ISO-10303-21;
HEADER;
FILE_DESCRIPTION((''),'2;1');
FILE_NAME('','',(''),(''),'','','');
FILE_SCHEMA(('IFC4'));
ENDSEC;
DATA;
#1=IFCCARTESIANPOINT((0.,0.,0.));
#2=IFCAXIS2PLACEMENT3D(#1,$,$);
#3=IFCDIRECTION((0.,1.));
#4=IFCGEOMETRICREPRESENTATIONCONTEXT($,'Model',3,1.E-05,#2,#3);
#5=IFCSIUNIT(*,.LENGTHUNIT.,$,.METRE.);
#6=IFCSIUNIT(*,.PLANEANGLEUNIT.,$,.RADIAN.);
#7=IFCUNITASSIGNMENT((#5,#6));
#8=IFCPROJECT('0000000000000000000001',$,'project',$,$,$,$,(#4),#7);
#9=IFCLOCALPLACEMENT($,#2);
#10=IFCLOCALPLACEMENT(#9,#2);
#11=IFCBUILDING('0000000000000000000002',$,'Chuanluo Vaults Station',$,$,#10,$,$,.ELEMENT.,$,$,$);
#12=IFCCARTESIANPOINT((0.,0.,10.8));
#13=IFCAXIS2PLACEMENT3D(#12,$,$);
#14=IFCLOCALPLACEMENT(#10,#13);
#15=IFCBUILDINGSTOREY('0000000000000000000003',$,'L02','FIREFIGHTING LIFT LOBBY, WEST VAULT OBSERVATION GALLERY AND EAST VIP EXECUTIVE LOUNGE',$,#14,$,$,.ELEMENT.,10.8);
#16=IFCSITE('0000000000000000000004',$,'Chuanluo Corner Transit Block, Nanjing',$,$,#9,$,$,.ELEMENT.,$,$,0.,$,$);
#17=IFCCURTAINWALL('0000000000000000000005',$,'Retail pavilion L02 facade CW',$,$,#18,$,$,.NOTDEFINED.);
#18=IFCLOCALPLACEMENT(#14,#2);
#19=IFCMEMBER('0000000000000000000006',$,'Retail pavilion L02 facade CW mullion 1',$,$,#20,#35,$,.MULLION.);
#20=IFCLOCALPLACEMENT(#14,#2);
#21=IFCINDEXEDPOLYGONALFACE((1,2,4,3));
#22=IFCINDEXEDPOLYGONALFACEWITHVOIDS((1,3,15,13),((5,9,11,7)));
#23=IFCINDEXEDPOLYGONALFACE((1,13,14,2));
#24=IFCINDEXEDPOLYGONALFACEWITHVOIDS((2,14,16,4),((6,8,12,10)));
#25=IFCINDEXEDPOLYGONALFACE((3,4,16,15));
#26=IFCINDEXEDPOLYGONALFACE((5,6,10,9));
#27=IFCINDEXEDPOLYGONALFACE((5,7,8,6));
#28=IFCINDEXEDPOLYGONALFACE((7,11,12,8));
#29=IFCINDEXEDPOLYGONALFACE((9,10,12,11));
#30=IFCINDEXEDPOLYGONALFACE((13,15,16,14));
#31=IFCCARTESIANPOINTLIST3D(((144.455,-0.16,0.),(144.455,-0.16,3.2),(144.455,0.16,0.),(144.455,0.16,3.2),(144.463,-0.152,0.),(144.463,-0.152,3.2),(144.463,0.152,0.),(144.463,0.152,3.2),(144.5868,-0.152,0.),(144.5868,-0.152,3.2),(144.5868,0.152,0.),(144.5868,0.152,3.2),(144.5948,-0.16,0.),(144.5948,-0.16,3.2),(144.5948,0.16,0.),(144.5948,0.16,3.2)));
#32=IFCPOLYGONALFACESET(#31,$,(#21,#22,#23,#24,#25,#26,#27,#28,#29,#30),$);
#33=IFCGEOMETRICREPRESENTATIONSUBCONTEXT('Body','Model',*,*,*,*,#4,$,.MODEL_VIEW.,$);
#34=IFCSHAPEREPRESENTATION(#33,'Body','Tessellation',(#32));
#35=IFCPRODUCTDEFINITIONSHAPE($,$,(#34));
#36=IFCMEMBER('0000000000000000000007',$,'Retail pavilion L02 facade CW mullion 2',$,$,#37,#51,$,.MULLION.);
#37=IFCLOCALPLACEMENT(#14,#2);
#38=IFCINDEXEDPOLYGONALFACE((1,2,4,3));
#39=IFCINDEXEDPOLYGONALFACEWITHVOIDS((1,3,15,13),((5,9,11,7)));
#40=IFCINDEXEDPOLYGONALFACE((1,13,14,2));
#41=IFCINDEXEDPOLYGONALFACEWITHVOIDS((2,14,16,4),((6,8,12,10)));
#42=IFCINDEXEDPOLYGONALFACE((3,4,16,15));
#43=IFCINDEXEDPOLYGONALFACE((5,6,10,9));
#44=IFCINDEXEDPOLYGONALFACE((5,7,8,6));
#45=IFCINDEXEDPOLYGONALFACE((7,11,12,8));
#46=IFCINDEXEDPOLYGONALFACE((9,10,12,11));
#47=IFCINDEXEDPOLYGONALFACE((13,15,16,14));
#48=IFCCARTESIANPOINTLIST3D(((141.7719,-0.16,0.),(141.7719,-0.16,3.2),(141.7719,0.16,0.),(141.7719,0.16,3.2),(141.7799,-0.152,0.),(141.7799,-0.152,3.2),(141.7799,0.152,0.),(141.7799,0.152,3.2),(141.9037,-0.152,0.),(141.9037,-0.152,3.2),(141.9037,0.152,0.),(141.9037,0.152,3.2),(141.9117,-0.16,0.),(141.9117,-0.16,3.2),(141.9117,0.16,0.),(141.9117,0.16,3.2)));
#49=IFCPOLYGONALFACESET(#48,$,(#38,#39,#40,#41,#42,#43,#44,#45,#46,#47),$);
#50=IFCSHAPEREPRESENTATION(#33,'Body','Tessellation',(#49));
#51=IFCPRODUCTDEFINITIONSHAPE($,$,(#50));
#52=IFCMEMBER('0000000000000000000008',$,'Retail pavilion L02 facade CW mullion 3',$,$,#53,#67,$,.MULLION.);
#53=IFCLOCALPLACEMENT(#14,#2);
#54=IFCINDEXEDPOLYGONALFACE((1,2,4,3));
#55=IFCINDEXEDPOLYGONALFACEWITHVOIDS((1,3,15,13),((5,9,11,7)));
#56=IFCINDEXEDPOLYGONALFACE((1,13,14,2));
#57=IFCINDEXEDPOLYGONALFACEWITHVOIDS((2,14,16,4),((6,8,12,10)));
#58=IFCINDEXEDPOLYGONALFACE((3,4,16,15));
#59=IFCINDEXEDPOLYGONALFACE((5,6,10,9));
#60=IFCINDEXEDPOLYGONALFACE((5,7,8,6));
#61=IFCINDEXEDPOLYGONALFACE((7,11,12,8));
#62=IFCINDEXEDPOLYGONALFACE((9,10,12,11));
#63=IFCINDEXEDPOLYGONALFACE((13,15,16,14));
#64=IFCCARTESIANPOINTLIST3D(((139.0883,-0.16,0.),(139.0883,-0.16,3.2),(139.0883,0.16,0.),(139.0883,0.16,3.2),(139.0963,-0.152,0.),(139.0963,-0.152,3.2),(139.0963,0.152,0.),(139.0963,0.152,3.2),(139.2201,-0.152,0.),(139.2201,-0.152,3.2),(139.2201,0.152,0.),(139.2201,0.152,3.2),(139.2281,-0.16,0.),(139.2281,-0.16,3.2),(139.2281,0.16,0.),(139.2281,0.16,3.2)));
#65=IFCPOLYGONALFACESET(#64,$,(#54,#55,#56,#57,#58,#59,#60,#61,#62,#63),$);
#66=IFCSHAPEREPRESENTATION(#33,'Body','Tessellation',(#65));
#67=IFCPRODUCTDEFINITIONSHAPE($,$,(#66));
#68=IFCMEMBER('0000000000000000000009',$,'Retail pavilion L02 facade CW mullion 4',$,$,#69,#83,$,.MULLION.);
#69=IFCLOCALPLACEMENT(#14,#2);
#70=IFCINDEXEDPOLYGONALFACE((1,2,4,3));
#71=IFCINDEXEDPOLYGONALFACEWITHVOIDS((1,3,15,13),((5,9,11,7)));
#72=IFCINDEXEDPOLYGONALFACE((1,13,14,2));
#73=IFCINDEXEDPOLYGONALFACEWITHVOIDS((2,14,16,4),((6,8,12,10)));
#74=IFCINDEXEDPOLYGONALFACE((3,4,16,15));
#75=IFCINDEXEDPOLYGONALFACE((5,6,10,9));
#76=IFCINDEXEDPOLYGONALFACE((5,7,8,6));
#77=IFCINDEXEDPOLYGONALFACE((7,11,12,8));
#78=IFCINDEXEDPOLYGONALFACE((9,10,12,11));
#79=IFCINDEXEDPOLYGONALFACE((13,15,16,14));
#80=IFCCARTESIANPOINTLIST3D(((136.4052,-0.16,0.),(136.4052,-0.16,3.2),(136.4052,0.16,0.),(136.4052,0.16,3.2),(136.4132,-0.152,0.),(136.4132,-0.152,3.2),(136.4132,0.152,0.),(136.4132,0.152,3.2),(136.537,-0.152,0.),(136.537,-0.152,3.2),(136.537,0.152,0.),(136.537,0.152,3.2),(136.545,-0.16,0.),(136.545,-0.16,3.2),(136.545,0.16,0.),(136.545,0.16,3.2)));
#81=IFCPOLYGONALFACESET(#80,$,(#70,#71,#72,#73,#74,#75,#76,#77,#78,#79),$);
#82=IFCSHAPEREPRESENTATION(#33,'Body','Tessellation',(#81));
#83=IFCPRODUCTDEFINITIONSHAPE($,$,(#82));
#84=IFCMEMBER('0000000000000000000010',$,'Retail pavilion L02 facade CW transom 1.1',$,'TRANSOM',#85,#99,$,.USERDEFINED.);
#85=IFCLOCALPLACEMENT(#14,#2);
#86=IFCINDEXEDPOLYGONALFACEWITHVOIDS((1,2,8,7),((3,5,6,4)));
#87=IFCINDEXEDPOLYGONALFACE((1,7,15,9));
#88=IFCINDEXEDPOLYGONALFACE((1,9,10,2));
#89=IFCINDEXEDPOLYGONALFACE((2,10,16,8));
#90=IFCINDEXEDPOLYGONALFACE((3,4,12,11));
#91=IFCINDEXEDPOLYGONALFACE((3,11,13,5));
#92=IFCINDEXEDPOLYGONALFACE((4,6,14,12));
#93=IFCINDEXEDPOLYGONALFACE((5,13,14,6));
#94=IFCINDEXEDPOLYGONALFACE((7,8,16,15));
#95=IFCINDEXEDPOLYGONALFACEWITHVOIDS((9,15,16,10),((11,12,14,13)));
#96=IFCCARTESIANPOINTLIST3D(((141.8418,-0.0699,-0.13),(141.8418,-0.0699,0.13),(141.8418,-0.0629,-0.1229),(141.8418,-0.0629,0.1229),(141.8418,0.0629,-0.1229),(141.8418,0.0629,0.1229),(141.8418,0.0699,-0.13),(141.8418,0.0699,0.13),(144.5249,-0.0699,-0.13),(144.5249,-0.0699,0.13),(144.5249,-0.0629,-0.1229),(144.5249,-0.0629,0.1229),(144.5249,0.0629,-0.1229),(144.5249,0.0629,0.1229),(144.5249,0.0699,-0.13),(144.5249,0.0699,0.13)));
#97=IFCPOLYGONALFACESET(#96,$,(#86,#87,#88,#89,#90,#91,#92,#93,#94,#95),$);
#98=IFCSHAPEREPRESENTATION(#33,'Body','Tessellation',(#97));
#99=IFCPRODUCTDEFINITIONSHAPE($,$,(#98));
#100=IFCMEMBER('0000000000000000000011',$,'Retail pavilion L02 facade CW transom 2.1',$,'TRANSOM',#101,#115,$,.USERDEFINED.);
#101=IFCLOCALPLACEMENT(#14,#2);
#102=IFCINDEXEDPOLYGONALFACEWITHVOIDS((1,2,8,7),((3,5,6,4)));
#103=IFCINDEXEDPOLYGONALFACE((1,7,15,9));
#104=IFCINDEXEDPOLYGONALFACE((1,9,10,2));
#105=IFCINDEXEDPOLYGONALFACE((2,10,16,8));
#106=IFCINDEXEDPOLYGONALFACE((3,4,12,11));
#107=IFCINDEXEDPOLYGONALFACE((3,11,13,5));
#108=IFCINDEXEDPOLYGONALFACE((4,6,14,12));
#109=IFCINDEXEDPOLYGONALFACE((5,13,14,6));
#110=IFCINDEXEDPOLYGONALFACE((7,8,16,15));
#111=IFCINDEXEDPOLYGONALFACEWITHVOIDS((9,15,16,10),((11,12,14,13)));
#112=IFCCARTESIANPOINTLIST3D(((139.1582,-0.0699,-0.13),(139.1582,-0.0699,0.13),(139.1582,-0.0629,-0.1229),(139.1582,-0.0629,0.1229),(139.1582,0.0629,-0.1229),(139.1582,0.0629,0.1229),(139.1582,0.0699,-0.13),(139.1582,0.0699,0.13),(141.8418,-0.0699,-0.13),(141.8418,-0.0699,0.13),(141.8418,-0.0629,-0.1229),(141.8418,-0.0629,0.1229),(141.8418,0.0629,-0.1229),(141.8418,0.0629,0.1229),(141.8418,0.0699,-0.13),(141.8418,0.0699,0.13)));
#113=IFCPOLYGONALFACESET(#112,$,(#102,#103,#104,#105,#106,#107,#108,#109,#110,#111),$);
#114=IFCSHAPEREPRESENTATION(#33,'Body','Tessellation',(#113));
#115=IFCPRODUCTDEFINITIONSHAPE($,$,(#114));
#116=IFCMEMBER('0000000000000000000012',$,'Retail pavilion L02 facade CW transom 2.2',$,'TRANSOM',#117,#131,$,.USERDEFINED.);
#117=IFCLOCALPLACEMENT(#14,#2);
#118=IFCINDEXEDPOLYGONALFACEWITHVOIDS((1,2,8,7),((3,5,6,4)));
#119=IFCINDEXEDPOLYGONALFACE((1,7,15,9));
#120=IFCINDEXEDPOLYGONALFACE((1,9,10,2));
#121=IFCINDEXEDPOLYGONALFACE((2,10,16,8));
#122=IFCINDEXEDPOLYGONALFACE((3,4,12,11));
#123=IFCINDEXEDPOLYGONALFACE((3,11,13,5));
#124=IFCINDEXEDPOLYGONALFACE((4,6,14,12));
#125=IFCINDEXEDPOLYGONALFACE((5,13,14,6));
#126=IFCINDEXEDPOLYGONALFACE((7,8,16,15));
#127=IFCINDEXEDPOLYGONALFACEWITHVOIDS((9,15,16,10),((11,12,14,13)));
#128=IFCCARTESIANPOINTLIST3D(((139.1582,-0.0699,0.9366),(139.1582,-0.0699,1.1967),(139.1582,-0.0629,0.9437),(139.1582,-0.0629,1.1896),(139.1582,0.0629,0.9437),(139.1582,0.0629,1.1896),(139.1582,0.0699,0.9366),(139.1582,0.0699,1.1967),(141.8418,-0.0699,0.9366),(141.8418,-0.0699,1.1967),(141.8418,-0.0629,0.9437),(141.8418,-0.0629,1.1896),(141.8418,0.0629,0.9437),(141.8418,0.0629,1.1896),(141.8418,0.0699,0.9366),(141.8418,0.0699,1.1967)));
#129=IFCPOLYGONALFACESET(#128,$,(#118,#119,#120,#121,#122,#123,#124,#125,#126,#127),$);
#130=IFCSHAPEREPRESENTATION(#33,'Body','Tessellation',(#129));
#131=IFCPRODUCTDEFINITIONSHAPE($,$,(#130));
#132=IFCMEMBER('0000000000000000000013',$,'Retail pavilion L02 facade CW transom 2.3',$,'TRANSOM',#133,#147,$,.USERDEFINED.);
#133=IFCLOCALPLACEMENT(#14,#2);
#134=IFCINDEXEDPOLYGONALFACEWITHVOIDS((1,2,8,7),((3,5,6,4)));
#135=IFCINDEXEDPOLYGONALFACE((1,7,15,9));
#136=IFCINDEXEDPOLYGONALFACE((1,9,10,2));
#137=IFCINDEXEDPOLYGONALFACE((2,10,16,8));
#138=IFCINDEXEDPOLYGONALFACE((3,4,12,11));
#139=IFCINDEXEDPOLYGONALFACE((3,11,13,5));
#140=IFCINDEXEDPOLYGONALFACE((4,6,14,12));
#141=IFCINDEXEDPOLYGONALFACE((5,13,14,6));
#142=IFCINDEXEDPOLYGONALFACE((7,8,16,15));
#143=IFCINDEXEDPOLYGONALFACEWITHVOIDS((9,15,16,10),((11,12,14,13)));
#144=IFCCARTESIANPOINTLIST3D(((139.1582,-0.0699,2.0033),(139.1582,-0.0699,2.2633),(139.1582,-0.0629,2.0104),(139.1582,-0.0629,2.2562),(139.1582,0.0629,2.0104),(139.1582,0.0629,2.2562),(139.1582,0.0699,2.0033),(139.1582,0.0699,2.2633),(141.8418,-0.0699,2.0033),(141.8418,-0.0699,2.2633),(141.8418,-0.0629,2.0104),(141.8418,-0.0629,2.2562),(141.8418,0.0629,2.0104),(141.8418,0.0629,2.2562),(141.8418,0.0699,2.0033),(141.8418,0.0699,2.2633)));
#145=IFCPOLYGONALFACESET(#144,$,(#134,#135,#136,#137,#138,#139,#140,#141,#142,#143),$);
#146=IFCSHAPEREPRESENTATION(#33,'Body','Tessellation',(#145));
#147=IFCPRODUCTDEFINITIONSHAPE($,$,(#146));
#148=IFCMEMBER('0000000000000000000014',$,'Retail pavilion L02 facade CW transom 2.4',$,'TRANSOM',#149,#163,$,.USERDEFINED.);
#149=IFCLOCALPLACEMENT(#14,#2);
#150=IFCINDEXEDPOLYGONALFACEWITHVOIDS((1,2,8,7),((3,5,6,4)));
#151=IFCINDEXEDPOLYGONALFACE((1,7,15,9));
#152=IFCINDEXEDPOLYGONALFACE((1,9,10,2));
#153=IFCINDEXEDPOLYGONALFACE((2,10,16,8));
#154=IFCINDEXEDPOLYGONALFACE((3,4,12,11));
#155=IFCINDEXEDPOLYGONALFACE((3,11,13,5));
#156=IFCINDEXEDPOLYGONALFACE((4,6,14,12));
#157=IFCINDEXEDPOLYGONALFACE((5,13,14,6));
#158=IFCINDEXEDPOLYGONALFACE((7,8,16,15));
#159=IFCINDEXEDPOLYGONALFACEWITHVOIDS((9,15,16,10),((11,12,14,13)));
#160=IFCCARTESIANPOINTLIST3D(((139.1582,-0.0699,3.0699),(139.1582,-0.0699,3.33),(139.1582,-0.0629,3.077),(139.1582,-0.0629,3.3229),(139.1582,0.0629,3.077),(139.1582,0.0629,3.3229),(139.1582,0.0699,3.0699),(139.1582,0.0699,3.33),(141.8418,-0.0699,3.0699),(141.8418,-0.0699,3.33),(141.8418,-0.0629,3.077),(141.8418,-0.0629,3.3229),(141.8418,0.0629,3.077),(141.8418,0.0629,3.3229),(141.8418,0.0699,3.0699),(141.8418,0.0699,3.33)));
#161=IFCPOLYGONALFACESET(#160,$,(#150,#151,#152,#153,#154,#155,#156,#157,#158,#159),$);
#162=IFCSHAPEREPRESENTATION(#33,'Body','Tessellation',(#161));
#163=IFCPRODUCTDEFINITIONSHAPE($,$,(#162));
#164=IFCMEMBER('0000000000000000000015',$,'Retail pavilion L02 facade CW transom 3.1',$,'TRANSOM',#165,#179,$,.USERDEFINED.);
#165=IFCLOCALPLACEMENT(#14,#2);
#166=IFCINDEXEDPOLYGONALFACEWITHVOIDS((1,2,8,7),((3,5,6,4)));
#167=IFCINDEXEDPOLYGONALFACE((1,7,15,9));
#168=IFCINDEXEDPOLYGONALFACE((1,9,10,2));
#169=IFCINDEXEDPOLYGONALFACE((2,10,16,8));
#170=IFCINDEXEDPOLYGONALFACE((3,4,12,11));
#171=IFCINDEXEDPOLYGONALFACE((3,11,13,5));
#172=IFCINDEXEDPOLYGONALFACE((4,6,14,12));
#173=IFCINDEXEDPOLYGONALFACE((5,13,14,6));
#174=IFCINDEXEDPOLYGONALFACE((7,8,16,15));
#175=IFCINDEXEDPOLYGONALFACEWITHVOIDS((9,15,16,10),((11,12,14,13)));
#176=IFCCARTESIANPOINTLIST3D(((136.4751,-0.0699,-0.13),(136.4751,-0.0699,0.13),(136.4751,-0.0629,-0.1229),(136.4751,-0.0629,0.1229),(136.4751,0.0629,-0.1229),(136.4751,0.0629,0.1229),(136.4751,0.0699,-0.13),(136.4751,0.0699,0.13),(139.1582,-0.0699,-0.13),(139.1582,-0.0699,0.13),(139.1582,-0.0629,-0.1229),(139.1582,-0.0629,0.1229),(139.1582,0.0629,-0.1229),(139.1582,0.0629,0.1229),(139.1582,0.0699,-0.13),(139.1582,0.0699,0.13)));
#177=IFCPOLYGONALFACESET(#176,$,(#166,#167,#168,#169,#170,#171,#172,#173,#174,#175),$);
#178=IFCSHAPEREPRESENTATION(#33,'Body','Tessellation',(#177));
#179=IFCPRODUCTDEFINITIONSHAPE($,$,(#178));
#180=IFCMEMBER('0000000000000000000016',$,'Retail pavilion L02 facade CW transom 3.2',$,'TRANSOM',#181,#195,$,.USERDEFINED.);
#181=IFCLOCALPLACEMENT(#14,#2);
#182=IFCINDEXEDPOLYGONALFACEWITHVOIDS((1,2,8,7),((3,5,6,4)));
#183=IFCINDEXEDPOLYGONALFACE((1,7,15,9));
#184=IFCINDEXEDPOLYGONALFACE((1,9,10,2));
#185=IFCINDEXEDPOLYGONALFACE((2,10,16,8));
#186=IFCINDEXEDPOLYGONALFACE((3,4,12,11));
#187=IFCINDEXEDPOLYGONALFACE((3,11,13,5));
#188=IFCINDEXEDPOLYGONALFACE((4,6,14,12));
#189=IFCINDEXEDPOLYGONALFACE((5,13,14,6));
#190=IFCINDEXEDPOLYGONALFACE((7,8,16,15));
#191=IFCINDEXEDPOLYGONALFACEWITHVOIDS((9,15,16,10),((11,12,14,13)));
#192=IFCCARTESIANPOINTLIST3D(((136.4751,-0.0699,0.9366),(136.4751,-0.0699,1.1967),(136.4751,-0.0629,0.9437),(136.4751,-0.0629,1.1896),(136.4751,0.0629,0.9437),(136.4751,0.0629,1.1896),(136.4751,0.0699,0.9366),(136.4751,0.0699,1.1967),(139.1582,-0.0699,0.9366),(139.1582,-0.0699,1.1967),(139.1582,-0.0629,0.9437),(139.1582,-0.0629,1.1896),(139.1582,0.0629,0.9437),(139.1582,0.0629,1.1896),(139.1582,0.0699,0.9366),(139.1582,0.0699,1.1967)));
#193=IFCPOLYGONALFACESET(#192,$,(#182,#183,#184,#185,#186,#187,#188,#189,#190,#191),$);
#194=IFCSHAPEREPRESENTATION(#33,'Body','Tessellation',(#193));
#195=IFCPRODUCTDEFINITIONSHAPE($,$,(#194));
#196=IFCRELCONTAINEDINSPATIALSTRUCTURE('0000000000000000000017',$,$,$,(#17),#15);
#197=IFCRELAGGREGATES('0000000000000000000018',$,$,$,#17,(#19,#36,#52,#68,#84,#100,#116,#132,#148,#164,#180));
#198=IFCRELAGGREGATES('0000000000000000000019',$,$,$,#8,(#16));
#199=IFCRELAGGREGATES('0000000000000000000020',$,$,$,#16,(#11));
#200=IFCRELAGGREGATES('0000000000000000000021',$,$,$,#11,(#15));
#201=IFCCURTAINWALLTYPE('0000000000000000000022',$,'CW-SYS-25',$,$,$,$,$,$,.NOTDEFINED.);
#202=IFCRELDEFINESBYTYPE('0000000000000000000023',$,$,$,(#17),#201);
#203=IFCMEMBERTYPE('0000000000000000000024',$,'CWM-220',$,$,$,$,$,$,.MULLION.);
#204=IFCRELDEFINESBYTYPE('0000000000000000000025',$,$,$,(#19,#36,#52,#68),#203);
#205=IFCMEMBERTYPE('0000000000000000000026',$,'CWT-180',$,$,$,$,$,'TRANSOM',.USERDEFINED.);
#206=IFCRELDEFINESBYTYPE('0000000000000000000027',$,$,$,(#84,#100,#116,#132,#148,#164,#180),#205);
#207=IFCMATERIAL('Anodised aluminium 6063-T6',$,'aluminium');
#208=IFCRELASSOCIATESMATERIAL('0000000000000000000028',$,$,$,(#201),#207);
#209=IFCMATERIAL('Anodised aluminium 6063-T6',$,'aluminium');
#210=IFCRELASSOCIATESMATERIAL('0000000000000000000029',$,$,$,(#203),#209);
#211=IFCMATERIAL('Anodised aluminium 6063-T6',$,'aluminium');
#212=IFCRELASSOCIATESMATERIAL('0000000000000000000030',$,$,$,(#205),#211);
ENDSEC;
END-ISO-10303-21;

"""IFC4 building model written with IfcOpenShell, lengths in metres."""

from ifc_helpers import new_model, si_unit, direction, frame, origin, origin_2d, place, context, subcontext, project, spatial, hollow_rectangle, extrude, material, material_profile, profile_set, type_object, element, aggregate, save


model = new_model("IFC4")

# Units and contexts
model_context = context("Model", 3, precision=1e-05, world=origin(), true_north=direction((0.0, 1.0)))
body_context = subcontext(model_context, "Body", "Model", "MODEL_VIEW")
ifc_project = project(units=[si_unit("LENGTHUNIT", "METRE"), si_unit("PLANEANGLEUNIT", "RADIAN")], contexts=[model_context])

# Site, building, storey
site_placement = place(None, origin())
site = spatial("IfcSite", under=ifc_project, at=site_placement, Name="Chuanluo Corner Transit Block, Nanjing", CompositionType="ELEMENT", RefElevation=0.0)
building_placement = place(site_placement, origin())
building = spatial("IfcBuilding", under=site, at=building_placement, Name="Chuanluo Vaults Station", CompositionType="ELEMENT")
storey_placement = place(building_placement, frame((0.0, 0.0, 10.8)))
storey = spatial("IfcBuildingStorey", under=building, at=storey_placement, Name="L02", Description="FIREFIGHTING LIFT LOBBY, WEST VAULT OBSERVATION GALLERY AND EAST VIP EXECUTIVE LOUNGE", CompositionType="ELEMENT", Elevation=10.8)

# Curtain wall, members
ifc_material_1 = material(Name="Anodised aluminium 6063-T6", Category="aluminium")
curtain_wall_type = type_object("IfcCurtainWallType", Name="CW-SYS-25", PredefinedType="NOTDEFINED", material=ifc_material_1)
curtain_wall_placement = place(storey_placement, origin())
curtain_wall = element("IfcCurtainWall", 1, at=curtain_wall_placement, inside=storey, type_object=curtain_wall_type, Name="Retail pavilion L02 facade CW", PredefinedType="NOTDEFINED")
ifc_material_2 = material(Name="Anodised aluminium 6063-T6", Category="aluminium")
ifc_material_profile_1 = material_profile(ifc_material_2, hollow_rectangle(XDim=0.1399, YDim=0.3201, WallThickness=0.0081, at=origin_2d()))
ifc_profile_set_1 = profile_set([ifc_material_profile_1], Name="Anodised aluminium 6063-T6")
member_type_1 = type_object("IfcMemberType", Name="CWM-220", PredefinedType="MULLION", material=ifc_profile_set_1)
member_1_placement = place(storey_placement, frame((144.5249, 0.0, 0.0), z_axis=(0.0, 0.0, 1.0), x_axis=(-1.0, 0.0, 0.0)))
member_1 = element("IfcMember", 2, at=member_1_placement, type_object=member_type_1, Name="Retail pavilion L02 facade CW mullion 1", PredefinedType="MULLION", context=body_context, shape_type="SweptSolid", body=[
    extrude(hollow_rectangle(XDim=0.1399, YDim=0.3201, WallThickness=0.0081, at=origin_2d()), origin(), (0.0, 0.0, 1.0), 3.2),
])
member_2_placement = place(storey_placement, frame((141.8418, 0.0, 0.0), z_axis=(0.0, 0.0, 1.0), x_axis=(-1.0, 0.0, 0.0)))
member_2 = element("IfcMember", 3, at=member_2_placement, type_object=member_type_1, Name="Retail pavilion L02 facade CW mullion 2", PredefinedType="MULLION", context=body_context, shape_type="SweptSolid", body=[
    extrude(hollow_rectangle(XDim=0.1399, YDim=0.3201, WallThickness=0.0081, at=origin_2d()), origin(), (0.0, 0.0, 1.0), 3.2),
])
member_3_placement = place(storey_placement, frame((139.1582, 0.0, 0.0), z_axis=(0.0, 0.0, 1.0), x_axis=(-1.0, 0.0, 0.0)))
member_3 = element("IfcMember", 4, at=member_3_placement, type_object=member_type_1, Name="Retail pavilion L02 facade CW mullion 3", PredefinedType="MULLION", context=body_context, shape_type="SweptSolid", body=[
    extrude(hollow_rectangle(XDim=0.1399, YDim=0.3201, WallThickness=0.0081, at=origin_2d()), origin(), (0.0, 0.0, 1.0), 3.2),
])
member_4_placement = place(storey_placement, frame((136.4751, 0.0, 0.0), z_axis=(0.0, 0.0, 1.0), x_axis=(-1.0, 0.0, 0.0)))
member_4 = element("IfcMember", 5, at=member_4_placement, type_object=member_type_1, Name="Retail pavilion L02 facade CW mullion 4", PredefinedType="MULLION", context=body_context, shape_type="SweptSolid", body=[
    extrude(hollow_rectangle(XDim=0.1399, YDim=0.3201, WallThickness=0.0081, at=origin_2d()), origin(), (0.0, 0.0, 1.0), 3.2),
])
ifc_material_3 = material(Name="Anodised aluminium 6063-T6", Category="aluminium")
ifc_material_profile_2 = material_profile(ifc_material_3, hollow_rectangle(XDim=0.1399, YDim=0.26, WallThickness=0.0071, at=origin_2d()))
ifc_profile_set_2 = profile_set([ifc_material_profile_2], Name="Anodised aluminium 6063-T6")
member_type_2 = type_object("IfcMemberType", Name="CWT-180", ElementType="TRANSOM", PredefinedType="USERDEFINED", material=ifc_profile_set_2)
member_5_placement = place(storey_placement, frame((144.5249, 0.0, 0.0), z_axis=(-1.0, 0.0, 0.0), x_axis=(0.0, -1.0, 0.0)))
member_5 = element("IfcMember", 6, at=member_5_placement, type_object=member_type_2, Name="Retail pavilion L02 facade CW transom 1.1", ObjectType="TRANSOM", PredefinedType="USERDEFINED", context=body_context, shape_type="SweptSolid", body=[
    extrude(hollow_rectangle(XDim=0.1399, YDim=0.26, WallThickness=0.0071, at=origin_2d()), origin(), (0.0, 0.0, 1.0), 2.6831),
])
member_6_placement = place(storey_placement, frame((141.8418, 0.0, 0.0), z_axis=(-1.0, 0.0, 0.0), x_axis=(0.0, -1.0, 0.0)))
member_6 = element("IfcMember", 7, at=member_6_placement, type_object=member_type_2, Name="Retail pavilion L02 facade CW transom 2.1", ObjectType="TRANSOM", PredefinedType="USERDEFINED", context=body_context, shape_type="SweptSolid", body=[
    extrude(hollow_rectangle(XDim=0.1399, YDim=0.26, WallThickness=0.0071, at=origin_2d()), origin(), (0.0, 0.0, 1.0), 2.6836),
])
member_7_placement = place(storey_placement, frame((141.8418, 0.0, 1.0667), z_axis=(-1.0, 0.0, 0.0), x_axis=(0.0, -1.0, 0.0)))
member_7 = element("IfcMember", 8, at=member_7_placement, type_object=member_type_2, Name="Retail pavilion L02 facade CW transom 2.2", ObjectType="TRANSOM", PredefinedType="USERDEFINED", context=body_context, shape_type="SweptSolid", body=[
    extrude(hollow_rectangle(XDim=0.1399, YDim=0.26, WallThickness=0.0071, at=origin_2d()), origin(), (0.0, 0.0, 1.0), 2.6836),
])
member_8_placement = place(storey_placement, frame((141.8418, 0.0, 2.1333), z_axis=(-1.0, 0.0, 0.0), x_axis=(0.0, -1.0, 0.0)))
member_8 = element("IfcMember", 9, at=member_8_placement, type_object=member_type_2, Name="Retail pavilion L02 facade CW transom 2.3", ObjectType="TRANSOM", PredefinedType="USERDEFINED", context=body_context, shape_type="SweptSolid", body=[
    extrude(hollow_rectangle(XDim=0.1399, YDim=0.26, WallThickness=0.0071, at=origin_2d()), origin(), (0.0, 0.0, 1.0), 2.6836),
])
member_9_placement = place(storey_placement, frame((141.8418, 0.0, 3.2), z_axis=(-1.0, 0.0, 0.0), x_axis=(0.0, -1.0, 0.0)))
member_9 = element("IfcMember", 10, at=member_9_placement, type_object=member_type_2, Name="Retail pavilion L02 facade CW transom 2.4", ObjectType="TRANSOM", PredefinedType="USERDEFINED", context=body_context, shape_type="SweptSolid", body=[
    extrude(hollow_rectangle(XDim=0.1399, YDim=0.26, WallThickness=0.0071, at=origin_2d()), origin(), (0.0, 0.0, 1.0), 2.6836),
])
member_10_placement = place(storey_placement, frame((139.1582, 0.0, 0.0), z_axis=(-1.0, 0.0, 0.0), x_axis=(0.0, -1.0, 0.0)))
member_10 = element("IfcMember", 11, at=member_10_placement, type_object=member_type_2, Name="Retail pavilion L02 facade CW transom 3.1", ObjectType="TRANSOM", PredefinedType="USERDEFINED", context=body_context, shape_type="SweptSolid", body=[
    extrude(hollow_rectangle(XDim=0.1399, YDim=0.26, WallThickness=0.0071, at=origin_2d()), origin(), (0.0, 0.0, 1.0), 2.6831),
])
member_11_placement = place(storey_placement, frame((139.1582, 0.0, 1.0667), z_axis=(-1.0, 0.0, 0.0), x_axis=(0.0, -1.0, 0.0)))
member_11 = element("IfcMember", 12, at=member_11_placement, type_object=member_type_2, Name="Retail pavilion L02 facade CW transom 3.2", ObjectType="TRANSOM", PredefinedType="USERDEFINED", context=body_context, shape_type="SweptSolid", body=[
    extrude(hollow_rectangle(XDim=0.1399, YDim=0.26, WallThickness=0.0071, at=origin_2d()), origin(), (0.0, 0.0, 1.0), 2.6831),
])
aggregate(curtain_wall, [member_1, member_2, member_3, member_4, member_5, member_6, member_7, member_8, member_9, member_10, member_11])

save(model, "model.ifc")
